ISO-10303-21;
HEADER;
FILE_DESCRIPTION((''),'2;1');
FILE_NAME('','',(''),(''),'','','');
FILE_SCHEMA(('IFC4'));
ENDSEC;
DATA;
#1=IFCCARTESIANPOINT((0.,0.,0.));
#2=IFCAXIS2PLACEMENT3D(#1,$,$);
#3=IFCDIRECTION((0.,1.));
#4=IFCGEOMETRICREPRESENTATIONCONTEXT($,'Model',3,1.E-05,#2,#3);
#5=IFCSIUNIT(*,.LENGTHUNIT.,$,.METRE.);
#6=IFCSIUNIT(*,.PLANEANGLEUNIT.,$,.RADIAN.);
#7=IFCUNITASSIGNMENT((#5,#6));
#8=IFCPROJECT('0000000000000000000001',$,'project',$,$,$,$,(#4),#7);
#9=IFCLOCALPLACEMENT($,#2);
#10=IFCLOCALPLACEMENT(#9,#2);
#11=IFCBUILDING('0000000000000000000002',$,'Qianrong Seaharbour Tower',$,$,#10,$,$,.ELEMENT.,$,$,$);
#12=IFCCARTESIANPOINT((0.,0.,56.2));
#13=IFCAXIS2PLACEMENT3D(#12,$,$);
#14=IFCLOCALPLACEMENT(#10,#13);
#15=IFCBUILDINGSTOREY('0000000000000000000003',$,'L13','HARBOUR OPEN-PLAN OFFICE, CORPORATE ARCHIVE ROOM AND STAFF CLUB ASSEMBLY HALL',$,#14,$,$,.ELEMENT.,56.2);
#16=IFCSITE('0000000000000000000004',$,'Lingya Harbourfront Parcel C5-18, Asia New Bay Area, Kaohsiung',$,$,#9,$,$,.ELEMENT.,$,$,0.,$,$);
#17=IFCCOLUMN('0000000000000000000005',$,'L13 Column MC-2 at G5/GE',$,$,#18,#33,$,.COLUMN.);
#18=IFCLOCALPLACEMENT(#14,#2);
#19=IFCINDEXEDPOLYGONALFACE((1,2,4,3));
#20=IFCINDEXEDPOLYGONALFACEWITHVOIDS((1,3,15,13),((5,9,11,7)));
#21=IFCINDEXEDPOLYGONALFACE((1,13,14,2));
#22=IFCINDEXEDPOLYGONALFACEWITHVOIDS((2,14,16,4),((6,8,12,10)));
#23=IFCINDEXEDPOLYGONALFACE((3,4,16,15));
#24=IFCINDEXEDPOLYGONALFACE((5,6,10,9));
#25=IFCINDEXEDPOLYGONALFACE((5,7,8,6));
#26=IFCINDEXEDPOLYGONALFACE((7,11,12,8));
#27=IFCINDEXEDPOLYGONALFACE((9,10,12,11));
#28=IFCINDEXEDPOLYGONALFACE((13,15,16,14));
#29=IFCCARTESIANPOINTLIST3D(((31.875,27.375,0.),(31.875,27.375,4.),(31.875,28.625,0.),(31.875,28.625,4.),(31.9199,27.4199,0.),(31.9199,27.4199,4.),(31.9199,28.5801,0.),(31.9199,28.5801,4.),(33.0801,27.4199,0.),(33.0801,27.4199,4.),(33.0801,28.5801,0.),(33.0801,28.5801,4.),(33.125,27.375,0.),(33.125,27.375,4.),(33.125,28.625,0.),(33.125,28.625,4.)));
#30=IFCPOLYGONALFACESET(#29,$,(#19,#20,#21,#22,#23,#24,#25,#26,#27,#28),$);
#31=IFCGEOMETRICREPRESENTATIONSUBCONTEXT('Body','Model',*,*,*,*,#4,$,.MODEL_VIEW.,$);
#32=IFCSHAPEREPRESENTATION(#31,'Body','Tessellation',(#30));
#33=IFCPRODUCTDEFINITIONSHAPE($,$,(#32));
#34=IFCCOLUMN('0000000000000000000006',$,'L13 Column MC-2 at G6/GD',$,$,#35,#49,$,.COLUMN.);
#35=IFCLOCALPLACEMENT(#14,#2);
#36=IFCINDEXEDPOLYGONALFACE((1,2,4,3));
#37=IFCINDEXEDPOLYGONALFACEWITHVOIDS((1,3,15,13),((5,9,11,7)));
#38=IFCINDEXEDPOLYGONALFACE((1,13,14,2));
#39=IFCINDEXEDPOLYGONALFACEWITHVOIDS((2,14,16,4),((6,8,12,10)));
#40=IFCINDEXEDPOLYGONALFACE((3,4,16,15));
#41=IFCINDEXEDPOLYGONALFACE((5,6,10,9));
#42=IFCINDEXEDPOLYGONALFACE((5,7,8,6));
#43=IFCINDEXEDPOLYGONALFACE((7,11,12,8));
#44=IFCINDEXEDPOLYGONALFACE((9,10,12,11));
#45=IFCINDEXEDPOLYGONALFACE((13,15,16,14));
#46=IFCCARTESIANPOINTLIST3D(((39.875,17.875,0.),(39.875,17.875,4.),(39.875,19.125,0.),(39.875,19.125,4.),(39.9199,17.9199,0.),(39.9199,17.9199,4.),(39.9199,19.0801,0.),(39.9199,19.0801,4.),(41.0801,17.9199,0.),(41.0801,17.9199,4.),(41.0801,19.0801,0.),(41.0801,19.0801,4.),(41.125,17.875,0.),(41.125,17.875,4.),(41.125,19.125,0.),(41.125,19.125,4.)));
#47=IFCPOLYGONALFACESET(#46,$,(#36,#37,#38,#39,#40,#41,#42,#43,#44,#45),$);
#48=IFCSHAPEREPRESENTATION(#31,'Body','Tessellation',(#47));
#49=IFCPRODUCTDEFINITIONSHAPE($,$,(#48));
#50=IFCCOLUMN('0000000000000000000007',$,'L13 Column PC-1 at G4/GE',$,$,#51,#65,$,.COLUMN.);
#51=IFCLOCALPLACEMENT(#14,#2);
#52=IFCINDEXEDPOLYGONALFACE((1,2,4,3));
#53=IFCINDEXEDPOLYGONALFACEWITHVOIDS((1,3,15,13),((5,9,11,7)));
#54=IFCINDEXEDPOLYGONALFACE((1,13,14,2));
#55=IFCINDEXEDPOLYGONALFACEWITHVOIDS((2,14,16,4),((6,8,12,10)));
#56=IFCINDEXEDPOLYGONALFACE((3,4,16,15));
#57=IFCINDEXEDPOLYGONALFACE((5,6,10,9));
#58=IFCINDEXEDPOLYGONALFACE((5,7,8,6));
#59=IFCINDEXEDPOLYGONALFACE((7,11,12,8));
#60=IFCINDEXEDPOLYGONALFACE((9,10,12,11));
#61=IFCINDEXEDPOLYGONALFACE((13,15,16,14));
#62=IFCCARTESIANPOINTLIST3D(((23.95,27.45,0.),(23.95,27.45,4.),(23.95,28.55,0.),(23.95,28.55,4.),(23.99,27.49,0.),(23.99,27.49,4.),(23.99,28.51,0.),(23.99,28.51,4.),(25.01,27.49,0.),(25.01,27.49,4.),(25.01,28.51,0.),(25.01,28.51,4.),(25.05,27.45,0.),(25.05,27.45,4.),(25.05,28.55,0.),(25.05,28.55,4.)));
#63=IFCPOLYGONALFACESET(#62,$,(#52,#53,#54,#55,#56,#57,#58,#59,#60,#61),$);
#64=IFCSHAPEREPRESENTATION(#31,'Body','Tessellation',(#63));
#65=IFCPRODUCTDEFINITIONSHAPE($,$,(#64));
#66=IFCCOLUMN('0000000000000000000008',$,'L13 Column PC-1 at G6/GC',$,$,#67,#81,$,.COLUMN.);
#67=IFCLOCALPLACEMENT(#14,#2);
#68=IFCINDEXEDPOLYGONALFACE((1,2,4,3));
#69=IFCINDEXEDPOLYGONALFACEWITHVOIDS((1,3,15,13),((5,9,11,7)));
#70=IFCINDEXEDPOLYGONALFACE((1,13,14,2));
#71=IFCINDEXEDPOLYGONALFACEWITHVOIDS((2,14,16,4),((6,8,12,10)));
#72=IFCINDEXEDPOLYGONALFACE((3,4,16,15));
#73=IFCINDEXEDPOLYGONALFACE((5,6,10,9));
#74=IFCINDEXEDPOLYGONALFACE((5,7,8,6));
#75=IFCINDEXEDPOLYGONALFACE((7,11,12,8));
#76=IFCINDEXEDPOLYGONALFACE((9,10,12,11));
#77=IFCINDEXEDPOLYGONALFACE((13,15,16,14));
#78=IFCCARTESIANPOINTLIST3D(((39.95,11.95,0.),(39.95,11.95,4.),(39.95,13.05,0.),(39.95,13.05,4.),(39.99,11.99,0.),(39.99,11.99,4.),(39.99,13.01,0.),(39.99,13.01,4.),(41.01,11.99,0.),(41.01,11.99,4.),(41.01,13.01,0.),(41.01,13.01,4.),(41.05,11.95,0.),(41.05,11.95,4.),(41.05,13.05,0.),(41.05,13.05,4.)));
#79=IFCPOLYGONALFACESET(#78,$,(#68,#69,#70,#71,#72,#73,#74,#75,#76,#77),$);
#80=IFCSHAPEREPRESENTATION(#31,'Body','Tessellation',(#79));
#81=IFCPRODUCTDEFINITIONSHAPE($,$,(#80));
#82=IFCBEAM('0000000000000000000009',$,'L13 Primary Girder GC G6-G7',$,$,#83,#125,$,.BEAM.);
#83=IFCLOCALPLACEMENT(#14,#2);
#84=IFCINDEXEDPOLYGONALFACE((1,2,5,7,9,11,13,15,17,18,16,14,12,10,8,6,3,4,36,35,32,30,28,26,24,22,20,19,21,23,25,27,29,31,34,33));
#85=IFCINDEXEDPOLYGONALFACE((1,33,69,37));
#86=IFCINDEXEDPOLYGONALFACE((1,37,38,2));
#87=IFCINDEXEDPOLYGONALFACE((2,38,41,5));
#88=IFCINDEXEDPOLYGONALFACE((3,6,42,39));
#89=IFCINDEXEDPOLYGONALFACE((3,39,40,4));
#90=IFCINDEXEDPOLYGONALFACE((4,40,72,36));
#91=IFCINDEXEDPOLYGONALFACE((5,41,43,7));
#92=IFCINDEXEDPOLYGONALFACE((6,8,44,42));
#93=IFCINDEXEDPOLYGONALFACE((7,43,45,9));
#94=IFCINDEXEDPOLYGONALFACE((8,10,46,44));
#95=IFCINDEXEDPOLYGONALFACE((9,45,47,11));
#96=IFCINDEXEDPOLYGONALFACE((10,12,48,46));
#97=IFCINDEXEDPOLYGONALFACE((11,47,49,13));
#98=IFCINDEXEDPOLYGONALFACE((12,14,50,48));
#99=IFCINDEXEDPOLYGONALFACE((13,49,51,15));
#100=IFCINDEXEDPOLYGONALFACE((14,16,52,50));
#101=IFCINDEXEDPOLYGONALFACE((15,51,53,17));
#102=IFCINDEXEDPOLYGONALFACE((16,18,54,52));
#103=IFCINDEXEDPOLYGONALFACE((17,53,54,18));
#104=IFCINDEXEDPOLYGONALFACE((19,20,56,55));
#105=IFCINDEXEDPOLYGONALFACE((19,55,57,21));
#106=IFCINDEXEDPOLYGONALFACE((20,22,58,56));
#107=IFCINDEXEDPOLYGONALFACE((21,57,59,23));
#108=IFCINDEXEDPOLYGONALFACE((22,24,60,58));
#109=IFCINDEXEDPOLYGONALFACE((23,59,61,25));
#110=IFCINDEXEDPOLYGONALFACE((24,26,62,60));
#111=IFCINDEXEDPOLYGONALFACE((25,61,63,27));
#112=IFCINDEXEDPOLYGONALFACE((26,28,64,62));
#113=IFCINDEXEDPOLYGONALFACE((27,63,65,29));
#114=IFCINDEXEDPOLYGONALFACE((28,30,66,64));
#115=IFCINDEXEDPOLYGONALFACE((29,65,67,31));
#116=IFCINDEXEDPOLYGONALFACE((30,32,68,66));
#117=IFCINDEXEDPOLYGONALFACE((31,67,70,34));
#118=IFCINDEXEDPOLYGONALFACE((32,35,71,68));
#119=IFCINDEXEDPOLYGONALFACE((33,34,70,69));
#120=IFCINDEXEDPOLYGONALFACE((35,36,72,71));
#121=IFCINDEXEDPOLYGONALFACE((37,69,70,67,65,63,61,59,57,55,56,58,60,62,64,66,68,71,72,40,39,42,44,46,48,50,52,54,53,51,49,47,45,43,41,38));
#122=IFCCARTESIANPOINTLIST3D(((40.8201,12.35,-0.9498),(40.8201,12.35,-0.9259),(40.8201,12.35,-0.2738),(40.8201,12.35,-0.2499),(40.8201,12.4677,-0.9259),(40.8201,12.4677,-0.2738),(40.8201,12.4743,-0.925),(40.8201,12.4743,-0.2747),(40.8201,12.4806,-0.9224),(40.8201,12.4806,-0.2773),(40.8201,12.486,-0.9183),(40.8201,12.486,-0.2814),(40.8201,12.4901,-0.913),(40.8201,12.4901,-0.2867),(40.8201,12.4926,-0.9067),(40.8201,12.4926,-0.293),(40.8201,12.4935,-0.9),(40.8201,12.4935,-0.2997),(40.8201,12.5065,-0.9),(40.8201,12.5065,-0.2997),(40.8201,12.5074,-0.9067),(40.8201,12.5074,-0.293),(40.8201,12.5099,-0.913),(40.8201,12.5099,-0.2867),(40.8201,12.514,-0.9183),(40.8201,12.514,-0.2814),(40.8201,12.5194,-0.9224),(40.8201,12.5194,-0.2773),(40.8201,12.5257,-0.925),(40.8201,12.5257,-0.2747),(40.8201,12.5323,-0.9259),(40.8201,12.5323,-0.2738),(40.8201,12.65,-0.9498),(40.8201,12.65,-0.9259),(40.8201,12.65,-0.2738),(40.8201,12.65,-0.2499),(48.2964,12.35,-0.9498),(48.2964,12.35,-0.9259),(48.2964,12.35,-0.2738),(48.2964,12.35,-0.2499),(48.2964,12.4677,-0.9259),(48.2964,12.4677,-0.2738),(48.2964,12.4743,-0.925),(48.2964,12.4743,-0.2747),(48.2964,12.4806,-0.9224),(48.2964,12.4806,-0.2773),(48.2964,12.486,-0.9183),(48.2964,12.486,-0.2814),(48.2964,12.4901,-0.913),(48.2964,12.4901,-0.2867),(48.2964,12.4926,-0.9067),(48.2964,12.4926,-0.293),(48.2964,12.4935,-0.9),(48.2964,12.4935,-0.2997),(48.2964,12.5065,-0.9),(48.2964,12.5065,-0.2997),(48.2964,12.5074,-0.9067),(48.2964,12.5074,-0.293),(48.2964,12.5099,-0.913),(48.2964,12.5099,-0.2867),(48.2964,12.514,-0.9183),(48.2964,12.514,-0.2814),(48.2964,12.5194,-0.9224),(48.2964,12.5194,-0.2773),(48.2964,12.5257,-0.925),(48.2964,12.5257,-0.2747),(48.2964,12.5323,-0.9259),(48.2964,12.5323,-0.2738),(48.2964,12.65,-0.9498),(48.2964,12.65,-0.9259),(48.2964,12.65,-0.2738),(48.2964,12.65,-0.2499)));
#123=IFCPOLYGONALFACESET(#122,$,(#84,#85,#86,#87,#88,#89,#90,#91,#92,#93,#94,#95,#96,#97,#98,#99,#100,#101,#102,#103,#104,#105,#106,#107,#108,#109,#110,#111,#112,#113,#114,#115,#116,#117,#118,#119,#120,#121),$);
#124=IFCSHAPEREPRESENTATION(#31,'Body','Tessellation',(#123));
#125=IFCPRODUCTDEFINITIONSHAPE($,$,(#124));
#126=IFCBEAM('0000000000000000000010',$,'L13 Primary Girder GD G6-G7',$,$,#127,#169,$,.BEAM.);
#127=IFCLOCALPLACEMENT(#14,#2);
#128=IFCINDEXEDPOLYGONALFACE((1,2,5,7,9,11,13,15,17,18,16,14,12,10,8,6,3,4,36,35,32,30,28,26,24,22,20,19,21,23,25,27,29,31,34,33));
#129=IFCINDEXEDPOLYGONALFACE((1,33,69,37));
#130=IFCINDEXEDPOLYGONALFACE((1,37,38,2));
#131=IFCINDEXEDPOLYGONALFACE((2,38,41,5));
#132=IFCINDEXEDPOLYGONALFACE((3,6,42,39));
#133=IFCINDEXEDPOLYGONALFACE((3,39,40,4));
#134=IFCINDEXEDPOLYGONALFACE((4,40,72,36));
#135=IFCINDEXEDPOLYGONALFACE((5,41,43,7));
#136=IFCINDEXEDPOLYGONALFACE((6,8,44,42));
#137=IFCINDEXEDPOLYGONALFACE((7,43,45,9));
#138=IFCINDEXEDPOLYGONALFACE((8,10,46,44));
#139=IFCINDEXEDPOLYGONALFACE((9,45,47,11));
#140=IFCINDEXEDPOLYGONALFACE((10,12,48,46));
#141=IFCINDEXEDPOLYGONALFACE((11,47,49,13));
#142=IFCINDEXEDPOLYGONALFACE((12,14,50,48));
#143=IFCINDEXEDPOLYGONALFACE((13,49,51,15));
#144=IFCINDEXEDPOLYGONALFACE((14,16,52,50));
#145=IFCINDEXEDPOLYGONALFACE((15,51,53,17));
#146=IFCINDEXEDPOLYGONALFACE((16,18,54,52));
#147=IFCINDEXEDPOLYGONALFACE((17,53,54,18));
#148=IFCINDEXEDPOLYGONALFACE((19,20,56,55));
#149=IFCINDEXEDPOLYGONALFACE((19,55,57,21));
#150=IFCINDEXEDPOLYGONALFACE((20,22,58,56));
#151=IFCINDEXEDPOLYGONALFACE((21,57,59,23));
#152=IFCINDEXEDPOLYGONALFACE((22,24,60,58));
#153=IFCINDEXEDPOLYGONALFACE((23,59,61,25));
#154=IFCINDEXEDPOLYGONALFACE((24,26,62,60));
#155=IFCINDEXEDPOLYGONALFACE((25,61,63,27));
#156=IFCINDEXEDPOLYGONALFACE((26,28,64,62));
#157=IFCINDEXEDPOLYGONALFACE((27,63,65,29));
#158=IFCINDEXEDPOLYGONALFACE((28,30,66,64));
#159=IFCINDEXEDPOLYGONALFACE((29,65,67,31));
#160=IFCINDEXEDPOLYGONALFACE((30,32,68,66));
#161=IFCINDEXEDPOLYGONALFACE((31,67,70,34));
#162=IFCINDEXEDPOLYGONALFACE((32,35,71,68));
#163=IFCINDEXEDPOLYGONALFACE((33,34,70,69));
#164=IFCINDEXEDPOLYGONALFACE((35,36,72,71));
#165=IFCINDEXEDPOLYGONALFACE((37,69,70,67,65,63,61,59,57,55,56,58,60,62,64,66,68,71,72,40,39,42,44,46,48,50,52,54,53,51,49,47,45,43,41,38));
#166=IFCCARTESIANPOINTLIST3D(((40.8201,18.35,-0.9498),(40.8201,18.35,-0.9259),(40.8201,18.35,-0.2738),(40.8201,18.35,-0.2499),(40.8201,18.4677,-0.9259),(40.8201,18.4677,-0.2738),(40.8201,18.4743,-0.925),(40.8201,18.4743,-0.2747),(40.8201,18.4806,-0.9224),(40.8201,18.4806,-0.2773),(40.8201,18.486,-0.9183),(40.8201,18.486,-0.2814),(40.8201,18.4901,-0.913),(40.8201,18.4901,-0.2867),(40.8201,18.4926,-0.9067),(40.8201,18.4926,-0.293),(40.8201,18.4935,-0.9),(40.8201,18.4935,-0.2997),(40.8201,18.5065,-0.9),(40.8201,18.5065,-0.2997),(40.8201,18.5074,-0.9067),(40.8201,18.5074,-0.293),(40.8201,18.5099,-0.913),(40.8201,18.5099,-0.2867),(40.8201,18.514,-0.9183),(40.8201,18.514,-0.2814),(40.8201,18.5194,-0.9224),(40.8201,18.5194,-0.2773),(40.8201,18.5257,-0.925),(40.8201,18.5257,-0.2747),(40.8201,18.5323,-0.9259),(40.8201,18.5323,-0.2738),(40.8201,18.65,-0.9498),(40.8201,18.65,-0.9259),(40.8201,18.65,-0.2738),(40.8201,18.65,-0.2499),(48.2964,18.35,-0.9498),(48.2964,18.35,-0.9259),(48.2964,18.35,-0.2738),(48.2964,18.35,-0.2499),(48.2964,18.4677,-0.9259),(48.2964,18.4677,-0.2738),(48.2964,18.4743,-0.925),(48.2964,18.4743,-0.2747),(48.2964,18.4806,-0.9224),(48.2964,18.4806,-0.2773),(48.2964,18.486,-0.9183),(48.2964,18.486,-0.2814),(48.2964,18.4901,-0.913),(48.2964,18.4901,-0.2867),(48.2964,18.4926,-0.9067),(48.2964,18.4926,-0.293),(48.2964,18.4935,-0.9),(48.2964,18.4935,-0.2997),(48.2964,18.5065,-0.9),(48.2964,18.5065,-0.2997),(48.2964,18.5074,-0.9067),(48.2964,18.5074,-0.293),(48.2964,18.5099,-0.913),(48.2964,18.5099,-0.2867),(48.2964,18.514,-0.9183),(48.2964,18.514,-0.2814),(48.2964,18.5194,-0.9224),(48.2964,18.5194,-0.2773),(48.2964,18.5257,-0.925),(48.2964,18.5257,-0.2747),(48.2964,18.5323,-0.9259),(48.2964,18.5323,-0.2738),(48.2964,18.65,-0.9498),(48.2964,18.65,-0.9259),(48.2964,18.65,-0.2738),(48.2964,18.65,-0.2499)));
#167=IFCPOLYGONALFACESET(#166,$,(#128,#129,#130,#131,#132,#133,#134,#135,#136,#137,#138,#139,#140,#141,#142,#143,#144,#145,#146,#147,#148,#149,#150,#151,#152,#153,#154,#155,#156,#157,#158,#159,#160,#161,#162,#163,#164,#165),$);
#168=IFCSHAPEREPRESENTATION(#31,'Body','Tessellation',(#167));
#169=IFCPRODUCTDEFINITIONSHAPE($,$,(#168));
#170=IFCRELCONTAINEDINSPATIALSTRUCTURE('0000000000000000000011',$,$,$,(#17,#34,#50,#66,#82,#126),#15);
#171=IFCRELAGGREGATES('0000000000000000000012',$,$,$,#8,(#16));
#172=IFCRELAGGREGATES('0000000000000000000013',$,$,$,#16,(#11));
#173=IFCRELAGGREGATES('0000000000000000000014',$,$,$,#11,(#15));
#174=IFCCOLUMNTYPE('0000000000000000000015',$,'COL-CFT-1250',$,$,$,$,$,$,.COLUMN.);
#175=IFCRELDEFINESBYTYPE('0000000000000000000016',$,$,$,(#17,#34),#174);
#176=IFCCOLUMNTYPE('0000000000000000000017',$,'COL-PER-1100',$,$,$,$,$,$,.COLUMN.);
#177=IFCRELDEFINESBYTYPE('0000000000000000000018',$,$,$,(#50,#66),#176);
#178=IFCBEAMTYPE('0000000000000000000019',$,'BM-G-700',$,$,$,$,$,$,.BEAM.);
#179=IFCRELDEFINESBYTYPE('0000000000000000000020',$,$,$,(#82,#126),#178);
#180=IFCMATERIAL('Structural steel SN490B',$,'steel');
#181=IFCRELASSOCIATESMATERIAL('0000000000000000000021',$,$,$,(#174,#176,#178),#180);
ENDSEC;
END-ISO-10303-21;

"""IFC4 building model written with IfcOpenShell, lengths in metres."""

from ifc_helpers import new_model, si_unit, direction, frame, origin, origin_2d, place, context, subcontext, project, spatial, hollow_rectangle, i_section, extrude, material, material_profile, profile_set, type_object, element, save


model = new_model("IFC4")

# Units and contexts
model_context = context("Model", 3, precision=1e-05, world=origin(), true_north=direction((0.0, 1.0)))
body_context = subcontext(model_context, "Body", "Model", "MODEL_VIEW")
ifc_project = project(units=[si_unit("LENGTHUNIT", "METRE"), si_unit("PLANEANGLEUNIT", "RADIAN")], contexts=[model_context])

# Site, building, storey
site_placement = place(None, origin())
site = spatial("IfcSite", under=ifc_project, at=site_placement, Name="Lingya Harbourfront Parcel C5-18, Asia New Bay Area, Kaohsiung", CompositionType="ELEMENT", RefElevation=0.0)
building_placement = place(site_placement, origin())
building = spatial("IfcBuilding", under=site, at=building_placement, Name="Qianrong Seaharbour Tower", CompositionType="ELEMENT")
storey_placement = place(building_placement, frame((0.0, 0.0, 56.2)))
storey = spatial("IfcBuildingStorey", under=building, at=storey_placement, Name="L13", Description="HARBOUR OPEN-PLAN OFFICE, CORPORATE ARCHIVE ROOM AND STAFF CLUB ASSEMBLY HALL", CompositionType="ELEMENT", Elevation=56.2)

# Columns
ifc_material_1 = material(Name="Structural steel SN490B", Category="steel")
ifc_material_profile_1 = material_profile(ifc_material_1, hollow_rectangle(XDim=1.25, YDim=1.25, WallThickness=0.0449, at=origin_2d()), Name="BOX1250x1250x45")
ifc_profile_set_1 = profile_set([ifc_material_profile_1], Name="Structural steel SN490B")
column_type_1 = type_object("IfcColumnType", Name="COL-CFT-1250", PredefinedType="COLUMN", material=ifc_profile_set_1)
for number, where, z_axis, x_axis, name in (
    (1, (32.5, 28.0, 0.0), (0.0, 0.0, 1.0), (1.0, 0.0, 0.0), "L13 Column MC-2 at G5/GE"),
    (2, (40.5, 18.5, 0.0), (0.0, 0.0, 1.0), (1.0, 0.0, 0.0), "L13 Column MC-2 at G6/GD"),
):
    element("IfcColumn", number, at=place(storey_placement, frame(where, z_axis=z_axis, x_axis=x_axis)), inside=storey, type_object=column_type_1, Name=name, PredefinedType="COLUMN", context=body_context, shape_type="SweptSolid", body=[
        extrude(hollow_rectangle(XDim=1.25, YDim=1.25, WallThickness=0.0449, at=origin_2d()), origin(), (0.0, 0.0, 1.0), 4.0),
    ])
ifc_material_profile_2 = material_profile(ifc_material_1, hollow_rectangle(XDim=1.1001, YDim=1.1001, WallThickness=0.04, at=origin_2d()), Name="BOX1100x1100x40")
ifc_profile_set_2 = profile_set([ifc_material_profile_2], Name="Structural steel SN490B")
column_type_2 = type_object("IfcColumnType", Name="COL-PER-1100", PredefinedType="COLUMN", material=ifc_profile_set_2)
for number, where, z_axis, x_axis, name in (
    (3, (24.5, 28.0, 0.0), (0.0, 0.0, 1.0), (1.0, 0.0, 0.0), "L13 Column PC-1 at G4/GE"),
    (4, (40.5, 12.5, 0.0), (0.0, 0.0, 1.0), (1.0, 0.0, 0.0), "L13 Column PC-1 at G6/GC"),
):
    element("IfcColumn", number, at=place(storey_placement, frame(where, z_axis=z_axis, x_axis=x_axis)), inside=storey, type_object=column_type_2, Name=name, PredefinedType="COLUMN", context=body_context, shape_type="SweptSolid", body=[
        extrude(hollow_rectangle(XDim=1.1001, YDim=1.1001, WallThickness=0.04, at=origin_2d()), origin(), (0.0, 0.0, 1.0), 4.0),
    ])

# Beams
ifc_material_profile_3 = material_profile(ifc_material_1, i_section(OverallWidth=0.3, OverallDepth=0.7, WebThickness=0.0129, FlangeThickness=0.0239, FilletRadius=0.0259, at=origin_2d()), Name="H700x300x13x24")
ifc_profile_set_3 = profile_set([ifc_material_profile_3], Name="Structural steel SN490B")
beam_type_1 = type_object("IfcBeamType", Name="BM-G-700", PredefinedType="BEAM", material=ifc_profile_set_3)
for number, where, z_axis, x_axis, name in (
    (5, (40.8201, 12.5, -0.5999), (1.0, 0.0, 0.0), (0.0, 1.0, 0.0), "L13 Primary Girder GC G6-G7"),
    (6, (40.8201, 18.5, -0.5999), (1.0, 0.0, 0.0), (0.0, 1.0, 0.0), "L13 Primary Girder GD G6-G7"),
):
    element("IfcBeam", number, at=place(storey_placement, frame(where, z_axis=z_axis, x_axis=x_axis)), inside=storey, type_object=beam_type_1, Name=name, PredefinedType="BEAM", context=body_context, shape_type="SweptSolid", body=[
        extrude(i_section(OverallWidth=0.3, OverallDepth=0.7, WebThickness=0.0129, FlangeThickness=0.0239, FilletRadius=0.0259, at=origin_2d()), origin(), (0.0, 0.0, 1.0), 7.4763),
    ])

save(model, "model.ifc")
